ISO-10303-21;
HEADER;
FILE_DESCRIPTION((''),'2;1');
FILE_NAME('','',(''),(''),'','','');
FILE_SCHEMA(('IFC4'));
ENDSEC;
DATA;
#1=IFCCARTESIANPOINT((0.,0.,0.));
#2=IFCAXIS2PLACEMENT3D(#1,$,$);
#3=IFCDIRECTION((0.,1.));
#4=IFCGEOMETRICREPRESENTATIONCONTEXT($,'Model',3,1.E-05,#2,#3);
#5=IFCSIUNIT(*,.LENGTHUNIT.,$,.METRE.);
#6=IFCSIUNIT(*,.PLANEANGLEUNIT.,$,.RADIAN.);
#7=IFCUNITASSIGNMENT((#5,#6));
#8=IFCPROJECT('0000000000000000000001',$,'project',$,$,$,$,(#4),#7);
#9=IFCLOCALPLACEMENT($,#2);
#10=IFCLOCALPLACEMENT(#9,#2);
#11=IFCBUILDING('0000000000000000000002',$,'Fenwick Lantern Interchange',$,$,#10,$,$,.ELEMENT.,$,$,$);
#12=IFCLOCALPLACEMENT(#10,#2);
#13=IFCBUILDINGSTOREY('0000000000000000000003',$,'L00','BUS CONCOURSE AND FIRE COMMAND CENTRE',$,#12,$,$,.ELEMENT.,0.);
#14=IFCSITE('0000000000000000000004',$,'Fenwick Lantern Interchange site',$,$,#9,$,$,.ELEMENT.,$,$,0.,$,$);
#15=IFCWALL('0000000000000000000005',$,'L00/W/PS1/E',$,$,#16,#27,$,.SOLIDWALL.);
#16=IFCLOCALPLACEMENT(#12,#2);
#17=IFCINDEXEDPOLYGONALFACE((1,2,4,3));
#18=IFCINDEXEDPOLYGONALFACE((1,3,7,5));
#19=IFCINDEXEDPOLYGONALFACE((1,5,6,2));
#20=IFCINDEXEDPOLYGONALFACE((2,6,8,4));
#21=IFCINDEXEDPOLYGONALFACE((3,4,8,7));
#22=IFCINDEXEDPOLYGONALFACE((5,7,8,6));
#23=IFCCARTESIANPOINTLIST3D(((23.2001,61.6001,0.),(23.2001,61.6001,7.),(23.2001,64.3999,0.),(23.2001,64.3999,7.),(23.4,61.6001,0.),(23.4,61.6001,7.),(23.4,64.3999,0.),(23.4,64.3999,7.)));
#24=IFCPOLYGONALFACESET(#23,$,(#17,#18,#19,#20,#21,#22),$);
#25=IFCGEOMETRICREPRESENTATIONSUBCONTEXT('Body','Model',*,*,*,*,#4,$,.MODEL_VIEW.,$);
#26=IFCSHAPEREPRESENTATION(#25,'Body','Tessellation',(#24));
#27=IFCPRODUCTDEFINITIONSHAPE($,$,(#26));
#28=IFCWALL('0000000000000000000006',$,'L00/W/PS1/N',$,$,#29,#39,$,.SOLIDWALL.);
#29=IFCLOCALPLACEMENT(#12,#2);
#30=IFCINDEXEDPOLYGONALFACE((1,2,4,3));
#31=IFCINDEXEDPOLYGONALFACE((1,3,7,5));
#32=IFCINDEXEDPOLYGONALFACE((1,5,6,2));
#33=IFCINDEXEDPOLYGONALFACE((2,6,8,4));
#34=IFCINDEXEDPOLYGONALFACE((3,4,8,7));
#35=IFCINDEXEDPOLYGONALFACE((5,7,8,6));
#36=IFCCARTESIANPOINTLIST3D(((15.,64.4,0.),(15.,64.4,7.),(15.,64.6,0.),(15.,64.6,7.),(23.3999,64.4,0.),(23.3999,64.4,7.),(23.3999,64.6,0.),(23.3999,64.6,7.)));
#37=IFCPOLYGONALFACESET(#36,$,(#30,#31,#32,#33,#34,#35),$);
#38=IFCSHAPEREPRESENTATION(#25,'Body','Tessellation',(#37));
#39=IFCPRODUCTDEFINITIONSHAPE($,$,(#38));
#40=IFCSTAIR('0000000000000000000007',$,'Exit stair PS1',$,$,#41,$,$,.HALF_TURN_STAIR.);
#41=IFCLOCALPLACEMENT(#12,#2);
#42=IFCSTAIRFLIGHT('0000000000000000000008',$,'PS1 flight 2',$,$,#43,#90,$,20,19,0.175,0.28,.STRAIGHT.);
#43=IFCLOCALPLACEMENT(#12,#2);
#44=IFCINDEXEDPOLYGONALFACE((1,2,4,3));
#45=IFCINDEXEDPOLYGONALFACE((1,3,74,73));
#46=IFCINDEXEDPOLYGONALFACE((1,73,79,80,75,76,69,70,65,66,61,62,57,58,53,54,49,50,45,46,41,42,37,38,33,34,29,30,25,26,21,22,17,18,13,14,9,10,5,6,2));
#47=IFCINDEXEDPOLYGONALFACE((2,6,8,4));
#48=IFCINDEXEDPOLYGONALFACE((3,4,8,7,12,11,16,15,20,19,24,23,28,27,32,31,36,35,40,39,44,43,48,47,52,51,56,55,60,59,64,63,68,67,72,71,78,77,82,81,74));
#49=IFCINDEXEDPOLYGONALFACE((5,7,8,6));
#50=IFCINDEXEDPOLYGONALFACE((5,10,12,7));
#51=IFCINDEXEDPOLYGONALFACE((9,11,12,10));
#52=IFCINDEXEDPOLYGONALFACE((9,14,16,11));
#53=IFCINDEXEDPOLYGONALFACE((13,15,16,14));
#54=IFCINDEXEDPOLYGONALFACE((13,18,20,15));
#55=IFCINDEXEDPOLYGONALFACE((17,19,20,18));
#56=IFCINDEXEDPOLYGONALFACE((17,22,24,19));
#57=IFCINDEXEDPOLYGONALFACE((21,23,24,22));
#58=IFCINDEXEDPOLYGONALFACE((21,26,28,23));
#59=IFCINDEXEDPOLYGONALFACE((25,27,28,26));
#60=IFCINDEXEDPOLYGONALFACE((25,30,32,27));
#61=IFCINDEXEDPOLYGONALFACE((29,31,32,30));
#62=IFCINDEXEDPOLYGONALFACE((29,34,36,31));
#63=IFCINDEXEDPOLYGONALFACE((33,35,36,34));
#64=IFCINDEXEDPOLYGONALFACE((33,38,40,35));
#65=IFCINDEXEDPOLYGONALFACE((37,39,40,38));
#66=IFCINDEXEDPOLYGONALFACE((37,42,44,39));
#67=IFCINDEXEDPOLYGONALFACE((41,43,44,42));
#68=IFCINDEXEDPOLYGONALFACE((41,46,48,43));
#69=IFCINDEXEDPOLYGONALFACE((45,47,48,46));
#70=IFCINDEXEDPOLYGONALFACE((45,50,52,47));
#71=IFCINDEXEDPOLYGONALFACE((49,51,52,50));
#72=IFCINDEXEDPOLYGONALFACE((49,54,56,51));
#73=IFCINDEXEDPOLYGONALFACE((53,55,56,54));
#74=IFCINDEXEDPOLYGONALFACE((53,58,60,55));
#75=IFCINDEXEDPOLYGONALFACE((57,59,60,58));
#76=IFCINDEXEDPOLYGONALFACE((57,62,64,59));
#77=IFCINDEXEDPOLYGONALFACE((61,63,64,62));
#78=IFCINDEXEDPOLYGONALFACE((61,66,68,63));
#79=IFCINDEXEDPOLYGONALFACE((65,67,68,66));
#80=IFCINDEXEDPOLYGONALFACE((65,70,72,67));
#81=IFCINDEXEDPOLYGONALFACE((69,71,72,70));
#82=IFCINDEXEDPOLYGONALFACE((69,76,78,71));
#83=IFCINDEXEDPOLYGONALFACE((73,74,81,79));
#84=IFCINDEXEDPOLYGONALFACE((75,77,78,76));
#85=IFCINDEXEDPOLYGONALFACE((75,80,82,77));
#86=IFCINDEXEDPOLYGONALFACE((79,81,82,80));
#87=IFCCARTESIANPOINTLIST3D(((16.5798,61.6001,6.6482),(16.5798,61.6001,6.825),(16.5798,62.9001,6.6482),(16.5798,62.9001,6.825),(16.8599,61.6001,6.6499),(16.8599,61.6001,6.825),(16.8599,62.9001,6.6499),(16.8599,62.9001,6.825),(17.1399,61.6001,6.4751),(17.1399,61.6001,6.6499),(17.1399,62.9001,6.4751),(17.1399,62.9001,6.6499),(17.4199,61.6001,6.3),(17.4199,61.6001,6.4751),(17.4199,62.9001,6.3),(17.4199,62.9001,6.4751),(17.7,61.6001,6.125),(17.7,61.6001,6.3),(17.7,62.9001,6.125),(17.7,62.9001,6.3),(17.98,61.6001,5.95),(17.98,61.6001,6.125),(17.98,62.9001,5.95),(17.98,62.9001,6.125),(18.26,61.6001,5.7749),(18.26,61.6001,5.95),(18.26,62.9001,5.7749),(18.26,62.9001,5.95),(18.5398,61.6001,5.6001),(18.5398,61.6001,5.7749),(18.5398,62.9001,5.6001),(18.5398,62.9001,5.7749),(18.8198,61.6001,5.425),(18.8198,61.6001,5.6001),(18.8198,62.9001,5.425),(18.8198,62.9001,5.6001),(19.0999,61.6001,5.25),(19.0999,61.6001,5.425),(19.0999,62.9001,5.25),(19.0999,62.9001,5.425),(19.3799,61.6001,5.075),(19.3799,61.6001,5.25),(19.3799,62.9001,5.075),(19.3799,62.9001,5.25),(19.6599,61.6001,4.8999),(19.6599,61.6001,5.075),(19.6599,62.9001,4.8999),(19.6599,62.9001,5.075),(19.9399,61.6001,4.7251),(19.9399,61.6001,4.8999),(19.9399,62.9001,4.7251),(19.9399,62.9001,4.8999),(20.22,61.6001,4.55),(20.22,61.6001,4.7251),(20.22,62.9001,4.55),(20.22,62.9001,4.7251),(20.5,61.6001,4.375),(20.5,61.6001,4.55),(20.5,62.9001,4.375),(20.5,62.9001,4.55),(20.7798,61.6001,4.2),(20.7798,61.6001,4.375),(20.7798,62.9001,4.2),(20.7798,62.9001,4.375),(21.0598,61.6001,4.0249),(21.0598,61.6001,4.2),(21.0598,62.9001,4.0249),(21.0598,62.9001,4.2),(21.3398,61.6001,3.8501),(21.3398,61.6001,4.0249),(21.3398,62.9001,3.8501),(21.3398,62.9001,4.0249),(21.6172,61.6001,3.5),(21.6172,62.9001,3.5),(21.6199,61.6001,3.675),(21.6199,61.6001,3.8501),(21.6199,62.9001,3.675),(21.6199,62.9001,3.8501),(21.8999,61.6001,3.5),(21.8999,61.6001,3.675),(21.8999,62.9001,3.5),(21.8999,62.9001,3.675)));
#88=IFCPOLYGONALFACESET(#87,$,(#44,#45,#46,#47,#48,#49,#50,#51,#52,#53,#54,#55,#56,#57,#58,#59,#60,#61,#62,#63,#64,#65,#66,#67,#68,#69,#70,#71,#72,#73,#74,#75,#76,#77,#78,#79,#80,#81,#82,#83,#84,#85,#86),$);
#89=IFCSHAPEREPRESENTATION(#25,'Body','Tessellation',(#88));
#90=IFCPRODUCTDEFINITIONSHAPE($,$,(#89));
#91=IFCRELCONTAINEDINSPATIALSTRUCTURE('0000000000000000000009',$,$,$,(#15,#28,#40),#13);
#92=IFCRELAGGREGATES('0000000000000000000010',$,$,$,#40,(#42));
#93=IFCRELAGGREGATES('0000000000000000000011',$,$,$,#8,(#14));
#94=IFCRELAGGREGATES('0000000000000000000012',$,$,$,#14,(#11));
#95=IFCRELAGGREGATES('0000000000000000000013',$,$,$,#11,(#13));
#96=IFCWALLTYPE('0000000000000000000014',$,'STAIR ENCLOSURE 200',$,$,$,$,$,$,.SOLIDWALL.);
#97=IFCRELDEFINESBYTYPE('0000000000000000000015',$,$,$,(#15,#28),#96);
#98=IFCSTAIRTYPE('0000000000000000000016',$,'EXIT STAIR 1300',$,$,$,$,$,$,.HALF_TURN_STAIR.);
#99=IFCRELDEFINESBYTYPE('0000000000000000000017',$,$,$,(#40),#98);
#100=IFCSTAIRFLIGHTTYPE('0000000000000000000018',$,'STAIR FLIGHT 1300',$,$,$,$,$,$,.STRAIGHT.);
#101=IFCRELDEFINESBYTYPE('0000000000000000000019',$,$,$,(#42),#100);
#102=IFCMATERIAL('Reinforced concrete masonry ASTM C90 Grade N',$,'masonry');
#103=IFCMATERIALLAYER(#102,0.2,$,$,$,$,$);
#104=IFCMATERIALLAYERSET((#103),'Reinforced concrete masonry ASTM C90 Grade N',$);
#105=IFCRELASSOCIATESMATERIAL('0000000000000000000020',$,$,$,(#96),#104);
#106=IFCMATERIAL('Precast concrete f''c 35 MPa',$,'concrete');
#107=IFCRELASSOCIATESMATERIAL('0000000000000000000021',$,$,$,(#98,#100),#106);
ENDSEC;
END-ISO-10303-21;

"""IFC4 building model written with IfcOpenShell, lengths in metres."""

from ifc_helpers import new_model, si_unit, direction, frame, frame_2d, origin, place, context, subcontext, project, spatial, polyline, rectangle, outline, extrude, material, layer, layer_set, type_object, element, aggregate, save


model = new_model("IFC4")

# Units and contexts
model_context = context("Model", 3, precision=1e-05, world=origin(), true_north=direction((0.0, 1.0)))
body_context = subcontext(model_context, "Body", "Model", "MODEL_VIEW")
ifc_project = project(units=[si_unit("LENGTHUNIT", "METRE"), si_unit("PLANEANGLEUNIT", "RADIAN")], contexts=[model_context])

# Site, building, storey
site_placement = place(None, origin())
site = spatial("IfcSite", under=ifc_project, at=site_placement, Name="Fenwick Lantern Interchange site", CompositionType="ELEMENT", RefElevation=0.0)
building_placement = place(site_placement, origin())
building = spatial("IfcBuilding", under=site, at=building_placement, Name="Fenwick Lantern Interchange", CompositionType="ELEMENT")
storey_placement = place(building_placement, origin())
storey = spatial("IfcBuildingStorey", under=building, at=storey_placement, Name="L00", Description="BUS CONCOURSE AND FIRE COMMAND CENTRE", CompositionType="ELEMENT", Elevation=0.0)

# Walls
ifc_material_1 = material(Name="Reinforced concrete masonry ASTM C90 Grade N", Category="masonry")
ifc_layer_1 = layer(ifc_material_1, 0.2)
ifc_layer_set_1 = layer_set([ifc_layer_1], Name="Reinforced concrete masonry ASTM C90 Grade N")
wall_type_1 = type_object("IfcWallType", Name="STAIR ENCLOSURE 200", PredefinedType="SOLIDWALL", material=ifc_layer_set_1)
wall_1_placement = place(storey_placement, frame((23.3, 61.6001, 0.0), z_axis=(0.0, 0.0, 1.0), x_axis=(0.0, 1.0, 0.0)))
element("IfcWall", 1, at=wall_1_placement, inside=storey, type_object=wall_type_1, Name="L00/W/PS1/E", PredefinedType="SOLIDWALL", context=body_context, shape_type="SweptSolid", body=[
    extrude(rectangle(XDim=2.7998, YDim=0.2, at=frame_2d((1.3999, 0.0))), origin(), (0.0, 0.0, 1.0), 7.0),
])
wall_2_placement = place(storey_placement, frame((23.3999, 64.5, 0.0), z_axis=(0.0, 0.0, 1.0), x_axis=(-1.0, 0.0, 0.0)))
element("IfcWall", 2, at=wall_2_placement, inside=storey, type_object=wall_type_1, Name="L00/W/PS1/N", PredefinedType="SOLIDWALL", context=body_context, shape_type="SweptSolid", body=[
    extrude(rectangle(XDim=8.3999, YDim=0.2, at=frame_2d((4.2, 0.0))), origin(), (0.0, 0.0, 1.0), 7.0),
])

# Stair, stair flight
ifc_material_2 = material(Name="Precast concrete f'c 35 MPa", Category="concrete")
stair_type = type_object("IfcStairType", Name="EXIT STAIR 1300", PredefinedType="HALF_TURN_STAIR", material=ifc_material_2)
stair_placement = place(storey_placement, origin())
stair = element("IfcStair", 3, at=stair_placement, inside=storey, type_object=stair_type, Name="Exit stair PS1", PredefinedType="HALF_TURN_STAIR")
stair_flight_type = type_object("IfcStairFlightType", Name="STAIR FLIGHT 1300", PredefinedType="STRAIGHT", material=ifc_material_2)
stair_flight_placement = place(storey_placement, frame((21.8999, 62.25, 3.5), z_axis=(0.0, 0.0, 1.0), x_axis=(-1.0, 0.0, 0.0)))
stair_flight = element("IfcStairFlight", 4, at=stair_flight_placement, type_object=stair_flight_type, Name="PS1 flight 2", NumberOfRisers=20, NumberOfTreads=19, PredefinedType="STRAIGHT", RiserHeight=0.175, TreadLength=0.28, context=body_context, shape_type="SweptSolid", body=[
    extrude(outline(polyline([(0.0, 0.0), (0.0, 0.175), (0.28, 0.175), (0.28, 0.3501), (0.5601, 0.3501), (0.5601, 0.5249), (0.8401, 0.5249), (0.8401, 0.7), (1.1201, 0.7), (1.1201, 0.875), (1.3999, 0.875), (1.3999, 1.05), (1.6799, 1.05), (1.6799, 1.2251), (1.96, 1.2251), (1.96, 1.3999), (2.24, 1.3999), (2.24, 1.575), (2.52, 1.575), (2.52, 1.75), (2.8, 1.75), (2.8, 1.925), (3.0801, 1.925), (3.0801, 2.1001), (3.3601, 2.1001), (3.3601, 2.2749), (3.6399, 2.2749), (3.6399, 2.45), (3.9199, 2.45), (3.9199, 2.625), (4.2, 2.625), (4.2, 2.8), (4.48, 2.8), (4.48, 2.9751), (4.76, 2.9751), (4.76, 3.1499), (5.04, 3.1499), (5.04, 3.325), (5.3201, 3.325), (5.3201, 3.5), (5.3201, 3.1482), (0.2827, 0.0), (0.0, 0.0)])), frame((0.0, 0.6499, 0.0), z_axis=(0.0, -1.0, 0.0), x_axis=(1.0, 0.0, 0.0)), (0.0, 0.0, 1.0), 1.3),
])
aggregate(stair, [stair_flight])

save(model, "model.ifc")
